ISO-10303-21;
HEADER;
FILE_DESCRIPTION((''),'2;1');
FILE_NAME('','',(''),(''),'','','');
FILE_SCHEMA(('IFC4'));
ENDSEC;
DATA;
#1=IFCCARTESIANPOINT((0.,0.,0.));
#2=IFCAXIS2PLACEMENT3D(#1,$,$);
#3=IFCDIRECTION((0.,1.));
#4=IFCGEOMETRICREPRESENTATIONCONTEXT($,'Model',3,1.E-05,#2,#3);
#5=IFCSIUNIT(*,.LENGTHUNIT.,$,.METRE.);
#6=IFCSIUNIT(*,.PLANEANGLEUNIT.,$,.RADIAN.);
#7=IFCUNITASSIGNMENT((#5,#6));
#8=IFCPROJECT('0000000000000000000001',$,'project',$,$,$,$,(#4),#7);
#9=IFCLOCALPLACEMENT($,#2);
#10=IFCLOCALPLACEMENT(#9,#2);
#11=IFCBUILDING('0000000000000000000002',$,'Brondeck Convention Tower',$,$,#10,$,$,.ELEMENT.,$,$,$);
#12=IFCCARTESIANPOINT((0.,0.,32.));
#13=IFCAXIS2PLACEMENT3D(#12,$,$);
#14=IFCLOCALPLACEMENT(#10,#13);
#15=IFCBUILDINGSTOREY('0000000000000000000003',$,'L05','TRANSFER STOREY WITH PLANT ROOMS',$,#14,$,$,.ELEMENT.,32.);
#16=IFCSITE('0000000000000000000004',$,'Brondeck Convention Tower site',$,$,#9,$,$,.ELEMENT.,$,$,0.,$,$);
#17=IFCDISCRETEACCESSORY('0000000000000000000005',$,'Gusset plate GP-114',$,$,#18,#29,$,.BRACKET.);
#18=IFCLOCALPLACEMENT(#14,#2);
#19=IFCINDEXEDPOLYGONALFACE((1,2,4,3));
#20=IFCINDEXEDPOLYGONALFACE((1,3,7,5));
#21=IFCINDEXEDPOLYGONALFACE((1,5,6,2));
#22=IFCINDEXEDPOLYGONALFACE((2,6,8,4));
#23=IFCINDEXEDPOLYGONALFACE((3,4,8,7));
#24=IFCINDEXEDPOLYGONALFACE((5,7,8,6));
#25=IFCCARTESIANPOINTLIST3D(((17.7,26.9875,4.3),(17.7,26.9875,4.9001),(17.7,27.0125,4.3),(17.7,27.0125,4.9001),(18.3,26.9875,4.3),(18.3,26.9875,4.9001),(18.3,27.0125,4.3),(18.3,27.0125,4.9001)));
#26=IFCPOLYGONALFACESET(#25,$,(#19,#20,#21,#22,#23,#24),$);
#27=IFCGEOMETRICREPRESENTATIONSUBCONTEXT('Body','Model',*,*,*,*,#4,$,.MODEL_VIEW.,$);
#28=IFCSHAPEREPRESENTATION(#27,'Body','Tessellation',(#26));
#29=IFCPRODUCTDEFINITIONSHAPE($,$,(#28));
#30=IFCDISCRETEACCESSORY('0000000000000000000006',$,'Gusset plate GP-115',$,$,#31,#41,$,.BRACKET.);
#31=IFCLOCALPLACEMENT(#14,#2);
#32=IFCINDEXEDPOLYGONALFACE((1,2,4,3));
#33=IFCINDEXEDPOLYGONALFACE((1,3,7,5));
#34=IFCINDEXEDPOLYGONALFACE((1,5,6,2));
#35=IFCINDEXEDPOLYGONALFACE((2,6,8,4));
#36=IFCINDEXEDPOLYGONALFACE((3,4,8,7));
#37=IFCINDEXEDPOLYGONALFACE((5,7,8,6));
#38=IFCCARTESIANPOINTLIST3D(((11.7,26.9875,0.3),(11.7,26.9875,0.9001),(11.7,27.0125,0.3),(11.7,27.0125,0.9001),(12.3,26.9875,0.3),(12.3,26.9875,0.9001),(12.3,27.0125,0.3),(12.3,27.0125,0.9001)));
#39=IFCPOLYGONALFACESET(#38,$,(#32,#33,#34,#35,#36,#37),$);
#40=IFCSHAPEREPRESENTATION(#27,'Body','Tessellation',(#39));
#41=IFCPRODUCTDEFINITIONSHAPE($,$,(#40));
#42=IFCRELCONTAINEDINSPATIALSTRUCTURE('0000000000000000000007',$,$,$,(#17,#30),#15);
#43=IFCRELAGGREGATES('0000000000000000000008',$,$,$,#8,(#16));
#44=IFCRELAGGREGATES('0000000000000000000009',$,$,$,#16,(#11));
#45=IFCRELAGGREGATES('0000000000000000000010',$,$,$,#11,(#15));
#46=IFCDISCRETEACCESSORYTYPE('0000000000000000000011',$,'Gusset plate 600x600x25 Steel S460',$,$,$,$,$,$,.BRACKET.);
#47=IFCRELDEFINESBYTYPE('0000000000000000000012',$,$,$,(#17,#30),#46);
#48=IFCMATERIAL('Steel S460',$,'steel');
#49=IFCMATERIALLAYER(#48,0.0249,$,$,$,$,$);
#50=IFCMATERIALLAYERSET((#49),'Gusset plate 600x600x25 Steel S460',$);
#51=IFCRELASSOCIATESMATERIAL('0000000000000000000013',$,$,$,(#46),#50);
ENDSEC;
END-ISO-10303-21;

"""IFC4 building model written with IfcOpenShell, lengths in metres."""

from ifc_helpers import new_model, si_unit, direction, frame, origin, origin_2d, place, context, subcontext, project, spatial, rectangle, extrude, material, layer, layer_set, type_object, element, save


model = new_model("IFC4")

# Units and contexts
model_context = context("Model", 3, precision=1e-05, world=origin(), true_north=direction((0.0, 1.0)))
body_context = subcontext(model_context, "Body", "Model", "MODEL_VIEW")
ifc_project = project(units=[si_unit("LENGTHUNIT", "METRE"), si_unit("PLANEANGLEUNIT", "RADIAN")], contexts=[model_context])

# Site, building, storey
site_placement = place(None, origin())
site = spatial("IfcSite", under=ifc_project, at=site_placement, Name="Brondeck Convention Tower site", CompositionType="ELEMENT", RefElevation=0.0)
building_placement = place(site_placement, origin())
building = spatial("IfcBuilding", under=site, at=building_placement, Name="Brondeck Convention Tower", CompositionType="ELEMENT")
storey_placement = place(building_placement, frame((0.0, 0.0, 32.0)))
storey = spatial("IfcBuildingStorey", under=building, at=storey_placement, Name="L05", Description="TRANSFER STOREY WITH PLANT ROOMS", CompositionType="ELEMENT", Elevation=32.0)

# Shared definitions
ifc_material_1 = material(Name="Steel S460", Category="steel")

# Discrete accessories
ifc_layer_1 = layer(ifc_material_1, 0.0249)
ifc_layer_set_1 = layer_set([ifc_layer_1], Name="Gusset plate 600x600x25 Steel S460")
discrete_accessory_type = type_object("IfcDiscreteAccessoryType", Name="Gusset plate 600x600x25 Steel S460", PredefinedType="BRACKET", material=ifc_layer_set_1)
for number, where, z_axis, x_axis, name in (
    (1, (18.0, 27.0, 4.3), (0.0, 0.0, 1.0), (1.0, 0.0, 0.0), "Gusset plate GP-114"),
    (2, (12.0, 27.0, 0.3), (0.0, 0.0, 1.0), (1.0, 0.0, 0.0), "Gusset plate GP-115"),
):
    element("IfcDiscreteAccessory", number, at=place(storey_placement, frame(where, z_axis=z_axis, x_axis=x_axis)), inside=storey, type_object=discrete_accessory_type, Name=name, PredefinedType="BRACKET", context=body_context, shape_type="SweptSolid", body=[
        extrude(rectangle(XDim=0.6001, YDim=0.0249, at=origin_2d()), origin(), (0.0, 0.0, 1.0), 0.6001),
    ])

save(model, "model.ifc")
